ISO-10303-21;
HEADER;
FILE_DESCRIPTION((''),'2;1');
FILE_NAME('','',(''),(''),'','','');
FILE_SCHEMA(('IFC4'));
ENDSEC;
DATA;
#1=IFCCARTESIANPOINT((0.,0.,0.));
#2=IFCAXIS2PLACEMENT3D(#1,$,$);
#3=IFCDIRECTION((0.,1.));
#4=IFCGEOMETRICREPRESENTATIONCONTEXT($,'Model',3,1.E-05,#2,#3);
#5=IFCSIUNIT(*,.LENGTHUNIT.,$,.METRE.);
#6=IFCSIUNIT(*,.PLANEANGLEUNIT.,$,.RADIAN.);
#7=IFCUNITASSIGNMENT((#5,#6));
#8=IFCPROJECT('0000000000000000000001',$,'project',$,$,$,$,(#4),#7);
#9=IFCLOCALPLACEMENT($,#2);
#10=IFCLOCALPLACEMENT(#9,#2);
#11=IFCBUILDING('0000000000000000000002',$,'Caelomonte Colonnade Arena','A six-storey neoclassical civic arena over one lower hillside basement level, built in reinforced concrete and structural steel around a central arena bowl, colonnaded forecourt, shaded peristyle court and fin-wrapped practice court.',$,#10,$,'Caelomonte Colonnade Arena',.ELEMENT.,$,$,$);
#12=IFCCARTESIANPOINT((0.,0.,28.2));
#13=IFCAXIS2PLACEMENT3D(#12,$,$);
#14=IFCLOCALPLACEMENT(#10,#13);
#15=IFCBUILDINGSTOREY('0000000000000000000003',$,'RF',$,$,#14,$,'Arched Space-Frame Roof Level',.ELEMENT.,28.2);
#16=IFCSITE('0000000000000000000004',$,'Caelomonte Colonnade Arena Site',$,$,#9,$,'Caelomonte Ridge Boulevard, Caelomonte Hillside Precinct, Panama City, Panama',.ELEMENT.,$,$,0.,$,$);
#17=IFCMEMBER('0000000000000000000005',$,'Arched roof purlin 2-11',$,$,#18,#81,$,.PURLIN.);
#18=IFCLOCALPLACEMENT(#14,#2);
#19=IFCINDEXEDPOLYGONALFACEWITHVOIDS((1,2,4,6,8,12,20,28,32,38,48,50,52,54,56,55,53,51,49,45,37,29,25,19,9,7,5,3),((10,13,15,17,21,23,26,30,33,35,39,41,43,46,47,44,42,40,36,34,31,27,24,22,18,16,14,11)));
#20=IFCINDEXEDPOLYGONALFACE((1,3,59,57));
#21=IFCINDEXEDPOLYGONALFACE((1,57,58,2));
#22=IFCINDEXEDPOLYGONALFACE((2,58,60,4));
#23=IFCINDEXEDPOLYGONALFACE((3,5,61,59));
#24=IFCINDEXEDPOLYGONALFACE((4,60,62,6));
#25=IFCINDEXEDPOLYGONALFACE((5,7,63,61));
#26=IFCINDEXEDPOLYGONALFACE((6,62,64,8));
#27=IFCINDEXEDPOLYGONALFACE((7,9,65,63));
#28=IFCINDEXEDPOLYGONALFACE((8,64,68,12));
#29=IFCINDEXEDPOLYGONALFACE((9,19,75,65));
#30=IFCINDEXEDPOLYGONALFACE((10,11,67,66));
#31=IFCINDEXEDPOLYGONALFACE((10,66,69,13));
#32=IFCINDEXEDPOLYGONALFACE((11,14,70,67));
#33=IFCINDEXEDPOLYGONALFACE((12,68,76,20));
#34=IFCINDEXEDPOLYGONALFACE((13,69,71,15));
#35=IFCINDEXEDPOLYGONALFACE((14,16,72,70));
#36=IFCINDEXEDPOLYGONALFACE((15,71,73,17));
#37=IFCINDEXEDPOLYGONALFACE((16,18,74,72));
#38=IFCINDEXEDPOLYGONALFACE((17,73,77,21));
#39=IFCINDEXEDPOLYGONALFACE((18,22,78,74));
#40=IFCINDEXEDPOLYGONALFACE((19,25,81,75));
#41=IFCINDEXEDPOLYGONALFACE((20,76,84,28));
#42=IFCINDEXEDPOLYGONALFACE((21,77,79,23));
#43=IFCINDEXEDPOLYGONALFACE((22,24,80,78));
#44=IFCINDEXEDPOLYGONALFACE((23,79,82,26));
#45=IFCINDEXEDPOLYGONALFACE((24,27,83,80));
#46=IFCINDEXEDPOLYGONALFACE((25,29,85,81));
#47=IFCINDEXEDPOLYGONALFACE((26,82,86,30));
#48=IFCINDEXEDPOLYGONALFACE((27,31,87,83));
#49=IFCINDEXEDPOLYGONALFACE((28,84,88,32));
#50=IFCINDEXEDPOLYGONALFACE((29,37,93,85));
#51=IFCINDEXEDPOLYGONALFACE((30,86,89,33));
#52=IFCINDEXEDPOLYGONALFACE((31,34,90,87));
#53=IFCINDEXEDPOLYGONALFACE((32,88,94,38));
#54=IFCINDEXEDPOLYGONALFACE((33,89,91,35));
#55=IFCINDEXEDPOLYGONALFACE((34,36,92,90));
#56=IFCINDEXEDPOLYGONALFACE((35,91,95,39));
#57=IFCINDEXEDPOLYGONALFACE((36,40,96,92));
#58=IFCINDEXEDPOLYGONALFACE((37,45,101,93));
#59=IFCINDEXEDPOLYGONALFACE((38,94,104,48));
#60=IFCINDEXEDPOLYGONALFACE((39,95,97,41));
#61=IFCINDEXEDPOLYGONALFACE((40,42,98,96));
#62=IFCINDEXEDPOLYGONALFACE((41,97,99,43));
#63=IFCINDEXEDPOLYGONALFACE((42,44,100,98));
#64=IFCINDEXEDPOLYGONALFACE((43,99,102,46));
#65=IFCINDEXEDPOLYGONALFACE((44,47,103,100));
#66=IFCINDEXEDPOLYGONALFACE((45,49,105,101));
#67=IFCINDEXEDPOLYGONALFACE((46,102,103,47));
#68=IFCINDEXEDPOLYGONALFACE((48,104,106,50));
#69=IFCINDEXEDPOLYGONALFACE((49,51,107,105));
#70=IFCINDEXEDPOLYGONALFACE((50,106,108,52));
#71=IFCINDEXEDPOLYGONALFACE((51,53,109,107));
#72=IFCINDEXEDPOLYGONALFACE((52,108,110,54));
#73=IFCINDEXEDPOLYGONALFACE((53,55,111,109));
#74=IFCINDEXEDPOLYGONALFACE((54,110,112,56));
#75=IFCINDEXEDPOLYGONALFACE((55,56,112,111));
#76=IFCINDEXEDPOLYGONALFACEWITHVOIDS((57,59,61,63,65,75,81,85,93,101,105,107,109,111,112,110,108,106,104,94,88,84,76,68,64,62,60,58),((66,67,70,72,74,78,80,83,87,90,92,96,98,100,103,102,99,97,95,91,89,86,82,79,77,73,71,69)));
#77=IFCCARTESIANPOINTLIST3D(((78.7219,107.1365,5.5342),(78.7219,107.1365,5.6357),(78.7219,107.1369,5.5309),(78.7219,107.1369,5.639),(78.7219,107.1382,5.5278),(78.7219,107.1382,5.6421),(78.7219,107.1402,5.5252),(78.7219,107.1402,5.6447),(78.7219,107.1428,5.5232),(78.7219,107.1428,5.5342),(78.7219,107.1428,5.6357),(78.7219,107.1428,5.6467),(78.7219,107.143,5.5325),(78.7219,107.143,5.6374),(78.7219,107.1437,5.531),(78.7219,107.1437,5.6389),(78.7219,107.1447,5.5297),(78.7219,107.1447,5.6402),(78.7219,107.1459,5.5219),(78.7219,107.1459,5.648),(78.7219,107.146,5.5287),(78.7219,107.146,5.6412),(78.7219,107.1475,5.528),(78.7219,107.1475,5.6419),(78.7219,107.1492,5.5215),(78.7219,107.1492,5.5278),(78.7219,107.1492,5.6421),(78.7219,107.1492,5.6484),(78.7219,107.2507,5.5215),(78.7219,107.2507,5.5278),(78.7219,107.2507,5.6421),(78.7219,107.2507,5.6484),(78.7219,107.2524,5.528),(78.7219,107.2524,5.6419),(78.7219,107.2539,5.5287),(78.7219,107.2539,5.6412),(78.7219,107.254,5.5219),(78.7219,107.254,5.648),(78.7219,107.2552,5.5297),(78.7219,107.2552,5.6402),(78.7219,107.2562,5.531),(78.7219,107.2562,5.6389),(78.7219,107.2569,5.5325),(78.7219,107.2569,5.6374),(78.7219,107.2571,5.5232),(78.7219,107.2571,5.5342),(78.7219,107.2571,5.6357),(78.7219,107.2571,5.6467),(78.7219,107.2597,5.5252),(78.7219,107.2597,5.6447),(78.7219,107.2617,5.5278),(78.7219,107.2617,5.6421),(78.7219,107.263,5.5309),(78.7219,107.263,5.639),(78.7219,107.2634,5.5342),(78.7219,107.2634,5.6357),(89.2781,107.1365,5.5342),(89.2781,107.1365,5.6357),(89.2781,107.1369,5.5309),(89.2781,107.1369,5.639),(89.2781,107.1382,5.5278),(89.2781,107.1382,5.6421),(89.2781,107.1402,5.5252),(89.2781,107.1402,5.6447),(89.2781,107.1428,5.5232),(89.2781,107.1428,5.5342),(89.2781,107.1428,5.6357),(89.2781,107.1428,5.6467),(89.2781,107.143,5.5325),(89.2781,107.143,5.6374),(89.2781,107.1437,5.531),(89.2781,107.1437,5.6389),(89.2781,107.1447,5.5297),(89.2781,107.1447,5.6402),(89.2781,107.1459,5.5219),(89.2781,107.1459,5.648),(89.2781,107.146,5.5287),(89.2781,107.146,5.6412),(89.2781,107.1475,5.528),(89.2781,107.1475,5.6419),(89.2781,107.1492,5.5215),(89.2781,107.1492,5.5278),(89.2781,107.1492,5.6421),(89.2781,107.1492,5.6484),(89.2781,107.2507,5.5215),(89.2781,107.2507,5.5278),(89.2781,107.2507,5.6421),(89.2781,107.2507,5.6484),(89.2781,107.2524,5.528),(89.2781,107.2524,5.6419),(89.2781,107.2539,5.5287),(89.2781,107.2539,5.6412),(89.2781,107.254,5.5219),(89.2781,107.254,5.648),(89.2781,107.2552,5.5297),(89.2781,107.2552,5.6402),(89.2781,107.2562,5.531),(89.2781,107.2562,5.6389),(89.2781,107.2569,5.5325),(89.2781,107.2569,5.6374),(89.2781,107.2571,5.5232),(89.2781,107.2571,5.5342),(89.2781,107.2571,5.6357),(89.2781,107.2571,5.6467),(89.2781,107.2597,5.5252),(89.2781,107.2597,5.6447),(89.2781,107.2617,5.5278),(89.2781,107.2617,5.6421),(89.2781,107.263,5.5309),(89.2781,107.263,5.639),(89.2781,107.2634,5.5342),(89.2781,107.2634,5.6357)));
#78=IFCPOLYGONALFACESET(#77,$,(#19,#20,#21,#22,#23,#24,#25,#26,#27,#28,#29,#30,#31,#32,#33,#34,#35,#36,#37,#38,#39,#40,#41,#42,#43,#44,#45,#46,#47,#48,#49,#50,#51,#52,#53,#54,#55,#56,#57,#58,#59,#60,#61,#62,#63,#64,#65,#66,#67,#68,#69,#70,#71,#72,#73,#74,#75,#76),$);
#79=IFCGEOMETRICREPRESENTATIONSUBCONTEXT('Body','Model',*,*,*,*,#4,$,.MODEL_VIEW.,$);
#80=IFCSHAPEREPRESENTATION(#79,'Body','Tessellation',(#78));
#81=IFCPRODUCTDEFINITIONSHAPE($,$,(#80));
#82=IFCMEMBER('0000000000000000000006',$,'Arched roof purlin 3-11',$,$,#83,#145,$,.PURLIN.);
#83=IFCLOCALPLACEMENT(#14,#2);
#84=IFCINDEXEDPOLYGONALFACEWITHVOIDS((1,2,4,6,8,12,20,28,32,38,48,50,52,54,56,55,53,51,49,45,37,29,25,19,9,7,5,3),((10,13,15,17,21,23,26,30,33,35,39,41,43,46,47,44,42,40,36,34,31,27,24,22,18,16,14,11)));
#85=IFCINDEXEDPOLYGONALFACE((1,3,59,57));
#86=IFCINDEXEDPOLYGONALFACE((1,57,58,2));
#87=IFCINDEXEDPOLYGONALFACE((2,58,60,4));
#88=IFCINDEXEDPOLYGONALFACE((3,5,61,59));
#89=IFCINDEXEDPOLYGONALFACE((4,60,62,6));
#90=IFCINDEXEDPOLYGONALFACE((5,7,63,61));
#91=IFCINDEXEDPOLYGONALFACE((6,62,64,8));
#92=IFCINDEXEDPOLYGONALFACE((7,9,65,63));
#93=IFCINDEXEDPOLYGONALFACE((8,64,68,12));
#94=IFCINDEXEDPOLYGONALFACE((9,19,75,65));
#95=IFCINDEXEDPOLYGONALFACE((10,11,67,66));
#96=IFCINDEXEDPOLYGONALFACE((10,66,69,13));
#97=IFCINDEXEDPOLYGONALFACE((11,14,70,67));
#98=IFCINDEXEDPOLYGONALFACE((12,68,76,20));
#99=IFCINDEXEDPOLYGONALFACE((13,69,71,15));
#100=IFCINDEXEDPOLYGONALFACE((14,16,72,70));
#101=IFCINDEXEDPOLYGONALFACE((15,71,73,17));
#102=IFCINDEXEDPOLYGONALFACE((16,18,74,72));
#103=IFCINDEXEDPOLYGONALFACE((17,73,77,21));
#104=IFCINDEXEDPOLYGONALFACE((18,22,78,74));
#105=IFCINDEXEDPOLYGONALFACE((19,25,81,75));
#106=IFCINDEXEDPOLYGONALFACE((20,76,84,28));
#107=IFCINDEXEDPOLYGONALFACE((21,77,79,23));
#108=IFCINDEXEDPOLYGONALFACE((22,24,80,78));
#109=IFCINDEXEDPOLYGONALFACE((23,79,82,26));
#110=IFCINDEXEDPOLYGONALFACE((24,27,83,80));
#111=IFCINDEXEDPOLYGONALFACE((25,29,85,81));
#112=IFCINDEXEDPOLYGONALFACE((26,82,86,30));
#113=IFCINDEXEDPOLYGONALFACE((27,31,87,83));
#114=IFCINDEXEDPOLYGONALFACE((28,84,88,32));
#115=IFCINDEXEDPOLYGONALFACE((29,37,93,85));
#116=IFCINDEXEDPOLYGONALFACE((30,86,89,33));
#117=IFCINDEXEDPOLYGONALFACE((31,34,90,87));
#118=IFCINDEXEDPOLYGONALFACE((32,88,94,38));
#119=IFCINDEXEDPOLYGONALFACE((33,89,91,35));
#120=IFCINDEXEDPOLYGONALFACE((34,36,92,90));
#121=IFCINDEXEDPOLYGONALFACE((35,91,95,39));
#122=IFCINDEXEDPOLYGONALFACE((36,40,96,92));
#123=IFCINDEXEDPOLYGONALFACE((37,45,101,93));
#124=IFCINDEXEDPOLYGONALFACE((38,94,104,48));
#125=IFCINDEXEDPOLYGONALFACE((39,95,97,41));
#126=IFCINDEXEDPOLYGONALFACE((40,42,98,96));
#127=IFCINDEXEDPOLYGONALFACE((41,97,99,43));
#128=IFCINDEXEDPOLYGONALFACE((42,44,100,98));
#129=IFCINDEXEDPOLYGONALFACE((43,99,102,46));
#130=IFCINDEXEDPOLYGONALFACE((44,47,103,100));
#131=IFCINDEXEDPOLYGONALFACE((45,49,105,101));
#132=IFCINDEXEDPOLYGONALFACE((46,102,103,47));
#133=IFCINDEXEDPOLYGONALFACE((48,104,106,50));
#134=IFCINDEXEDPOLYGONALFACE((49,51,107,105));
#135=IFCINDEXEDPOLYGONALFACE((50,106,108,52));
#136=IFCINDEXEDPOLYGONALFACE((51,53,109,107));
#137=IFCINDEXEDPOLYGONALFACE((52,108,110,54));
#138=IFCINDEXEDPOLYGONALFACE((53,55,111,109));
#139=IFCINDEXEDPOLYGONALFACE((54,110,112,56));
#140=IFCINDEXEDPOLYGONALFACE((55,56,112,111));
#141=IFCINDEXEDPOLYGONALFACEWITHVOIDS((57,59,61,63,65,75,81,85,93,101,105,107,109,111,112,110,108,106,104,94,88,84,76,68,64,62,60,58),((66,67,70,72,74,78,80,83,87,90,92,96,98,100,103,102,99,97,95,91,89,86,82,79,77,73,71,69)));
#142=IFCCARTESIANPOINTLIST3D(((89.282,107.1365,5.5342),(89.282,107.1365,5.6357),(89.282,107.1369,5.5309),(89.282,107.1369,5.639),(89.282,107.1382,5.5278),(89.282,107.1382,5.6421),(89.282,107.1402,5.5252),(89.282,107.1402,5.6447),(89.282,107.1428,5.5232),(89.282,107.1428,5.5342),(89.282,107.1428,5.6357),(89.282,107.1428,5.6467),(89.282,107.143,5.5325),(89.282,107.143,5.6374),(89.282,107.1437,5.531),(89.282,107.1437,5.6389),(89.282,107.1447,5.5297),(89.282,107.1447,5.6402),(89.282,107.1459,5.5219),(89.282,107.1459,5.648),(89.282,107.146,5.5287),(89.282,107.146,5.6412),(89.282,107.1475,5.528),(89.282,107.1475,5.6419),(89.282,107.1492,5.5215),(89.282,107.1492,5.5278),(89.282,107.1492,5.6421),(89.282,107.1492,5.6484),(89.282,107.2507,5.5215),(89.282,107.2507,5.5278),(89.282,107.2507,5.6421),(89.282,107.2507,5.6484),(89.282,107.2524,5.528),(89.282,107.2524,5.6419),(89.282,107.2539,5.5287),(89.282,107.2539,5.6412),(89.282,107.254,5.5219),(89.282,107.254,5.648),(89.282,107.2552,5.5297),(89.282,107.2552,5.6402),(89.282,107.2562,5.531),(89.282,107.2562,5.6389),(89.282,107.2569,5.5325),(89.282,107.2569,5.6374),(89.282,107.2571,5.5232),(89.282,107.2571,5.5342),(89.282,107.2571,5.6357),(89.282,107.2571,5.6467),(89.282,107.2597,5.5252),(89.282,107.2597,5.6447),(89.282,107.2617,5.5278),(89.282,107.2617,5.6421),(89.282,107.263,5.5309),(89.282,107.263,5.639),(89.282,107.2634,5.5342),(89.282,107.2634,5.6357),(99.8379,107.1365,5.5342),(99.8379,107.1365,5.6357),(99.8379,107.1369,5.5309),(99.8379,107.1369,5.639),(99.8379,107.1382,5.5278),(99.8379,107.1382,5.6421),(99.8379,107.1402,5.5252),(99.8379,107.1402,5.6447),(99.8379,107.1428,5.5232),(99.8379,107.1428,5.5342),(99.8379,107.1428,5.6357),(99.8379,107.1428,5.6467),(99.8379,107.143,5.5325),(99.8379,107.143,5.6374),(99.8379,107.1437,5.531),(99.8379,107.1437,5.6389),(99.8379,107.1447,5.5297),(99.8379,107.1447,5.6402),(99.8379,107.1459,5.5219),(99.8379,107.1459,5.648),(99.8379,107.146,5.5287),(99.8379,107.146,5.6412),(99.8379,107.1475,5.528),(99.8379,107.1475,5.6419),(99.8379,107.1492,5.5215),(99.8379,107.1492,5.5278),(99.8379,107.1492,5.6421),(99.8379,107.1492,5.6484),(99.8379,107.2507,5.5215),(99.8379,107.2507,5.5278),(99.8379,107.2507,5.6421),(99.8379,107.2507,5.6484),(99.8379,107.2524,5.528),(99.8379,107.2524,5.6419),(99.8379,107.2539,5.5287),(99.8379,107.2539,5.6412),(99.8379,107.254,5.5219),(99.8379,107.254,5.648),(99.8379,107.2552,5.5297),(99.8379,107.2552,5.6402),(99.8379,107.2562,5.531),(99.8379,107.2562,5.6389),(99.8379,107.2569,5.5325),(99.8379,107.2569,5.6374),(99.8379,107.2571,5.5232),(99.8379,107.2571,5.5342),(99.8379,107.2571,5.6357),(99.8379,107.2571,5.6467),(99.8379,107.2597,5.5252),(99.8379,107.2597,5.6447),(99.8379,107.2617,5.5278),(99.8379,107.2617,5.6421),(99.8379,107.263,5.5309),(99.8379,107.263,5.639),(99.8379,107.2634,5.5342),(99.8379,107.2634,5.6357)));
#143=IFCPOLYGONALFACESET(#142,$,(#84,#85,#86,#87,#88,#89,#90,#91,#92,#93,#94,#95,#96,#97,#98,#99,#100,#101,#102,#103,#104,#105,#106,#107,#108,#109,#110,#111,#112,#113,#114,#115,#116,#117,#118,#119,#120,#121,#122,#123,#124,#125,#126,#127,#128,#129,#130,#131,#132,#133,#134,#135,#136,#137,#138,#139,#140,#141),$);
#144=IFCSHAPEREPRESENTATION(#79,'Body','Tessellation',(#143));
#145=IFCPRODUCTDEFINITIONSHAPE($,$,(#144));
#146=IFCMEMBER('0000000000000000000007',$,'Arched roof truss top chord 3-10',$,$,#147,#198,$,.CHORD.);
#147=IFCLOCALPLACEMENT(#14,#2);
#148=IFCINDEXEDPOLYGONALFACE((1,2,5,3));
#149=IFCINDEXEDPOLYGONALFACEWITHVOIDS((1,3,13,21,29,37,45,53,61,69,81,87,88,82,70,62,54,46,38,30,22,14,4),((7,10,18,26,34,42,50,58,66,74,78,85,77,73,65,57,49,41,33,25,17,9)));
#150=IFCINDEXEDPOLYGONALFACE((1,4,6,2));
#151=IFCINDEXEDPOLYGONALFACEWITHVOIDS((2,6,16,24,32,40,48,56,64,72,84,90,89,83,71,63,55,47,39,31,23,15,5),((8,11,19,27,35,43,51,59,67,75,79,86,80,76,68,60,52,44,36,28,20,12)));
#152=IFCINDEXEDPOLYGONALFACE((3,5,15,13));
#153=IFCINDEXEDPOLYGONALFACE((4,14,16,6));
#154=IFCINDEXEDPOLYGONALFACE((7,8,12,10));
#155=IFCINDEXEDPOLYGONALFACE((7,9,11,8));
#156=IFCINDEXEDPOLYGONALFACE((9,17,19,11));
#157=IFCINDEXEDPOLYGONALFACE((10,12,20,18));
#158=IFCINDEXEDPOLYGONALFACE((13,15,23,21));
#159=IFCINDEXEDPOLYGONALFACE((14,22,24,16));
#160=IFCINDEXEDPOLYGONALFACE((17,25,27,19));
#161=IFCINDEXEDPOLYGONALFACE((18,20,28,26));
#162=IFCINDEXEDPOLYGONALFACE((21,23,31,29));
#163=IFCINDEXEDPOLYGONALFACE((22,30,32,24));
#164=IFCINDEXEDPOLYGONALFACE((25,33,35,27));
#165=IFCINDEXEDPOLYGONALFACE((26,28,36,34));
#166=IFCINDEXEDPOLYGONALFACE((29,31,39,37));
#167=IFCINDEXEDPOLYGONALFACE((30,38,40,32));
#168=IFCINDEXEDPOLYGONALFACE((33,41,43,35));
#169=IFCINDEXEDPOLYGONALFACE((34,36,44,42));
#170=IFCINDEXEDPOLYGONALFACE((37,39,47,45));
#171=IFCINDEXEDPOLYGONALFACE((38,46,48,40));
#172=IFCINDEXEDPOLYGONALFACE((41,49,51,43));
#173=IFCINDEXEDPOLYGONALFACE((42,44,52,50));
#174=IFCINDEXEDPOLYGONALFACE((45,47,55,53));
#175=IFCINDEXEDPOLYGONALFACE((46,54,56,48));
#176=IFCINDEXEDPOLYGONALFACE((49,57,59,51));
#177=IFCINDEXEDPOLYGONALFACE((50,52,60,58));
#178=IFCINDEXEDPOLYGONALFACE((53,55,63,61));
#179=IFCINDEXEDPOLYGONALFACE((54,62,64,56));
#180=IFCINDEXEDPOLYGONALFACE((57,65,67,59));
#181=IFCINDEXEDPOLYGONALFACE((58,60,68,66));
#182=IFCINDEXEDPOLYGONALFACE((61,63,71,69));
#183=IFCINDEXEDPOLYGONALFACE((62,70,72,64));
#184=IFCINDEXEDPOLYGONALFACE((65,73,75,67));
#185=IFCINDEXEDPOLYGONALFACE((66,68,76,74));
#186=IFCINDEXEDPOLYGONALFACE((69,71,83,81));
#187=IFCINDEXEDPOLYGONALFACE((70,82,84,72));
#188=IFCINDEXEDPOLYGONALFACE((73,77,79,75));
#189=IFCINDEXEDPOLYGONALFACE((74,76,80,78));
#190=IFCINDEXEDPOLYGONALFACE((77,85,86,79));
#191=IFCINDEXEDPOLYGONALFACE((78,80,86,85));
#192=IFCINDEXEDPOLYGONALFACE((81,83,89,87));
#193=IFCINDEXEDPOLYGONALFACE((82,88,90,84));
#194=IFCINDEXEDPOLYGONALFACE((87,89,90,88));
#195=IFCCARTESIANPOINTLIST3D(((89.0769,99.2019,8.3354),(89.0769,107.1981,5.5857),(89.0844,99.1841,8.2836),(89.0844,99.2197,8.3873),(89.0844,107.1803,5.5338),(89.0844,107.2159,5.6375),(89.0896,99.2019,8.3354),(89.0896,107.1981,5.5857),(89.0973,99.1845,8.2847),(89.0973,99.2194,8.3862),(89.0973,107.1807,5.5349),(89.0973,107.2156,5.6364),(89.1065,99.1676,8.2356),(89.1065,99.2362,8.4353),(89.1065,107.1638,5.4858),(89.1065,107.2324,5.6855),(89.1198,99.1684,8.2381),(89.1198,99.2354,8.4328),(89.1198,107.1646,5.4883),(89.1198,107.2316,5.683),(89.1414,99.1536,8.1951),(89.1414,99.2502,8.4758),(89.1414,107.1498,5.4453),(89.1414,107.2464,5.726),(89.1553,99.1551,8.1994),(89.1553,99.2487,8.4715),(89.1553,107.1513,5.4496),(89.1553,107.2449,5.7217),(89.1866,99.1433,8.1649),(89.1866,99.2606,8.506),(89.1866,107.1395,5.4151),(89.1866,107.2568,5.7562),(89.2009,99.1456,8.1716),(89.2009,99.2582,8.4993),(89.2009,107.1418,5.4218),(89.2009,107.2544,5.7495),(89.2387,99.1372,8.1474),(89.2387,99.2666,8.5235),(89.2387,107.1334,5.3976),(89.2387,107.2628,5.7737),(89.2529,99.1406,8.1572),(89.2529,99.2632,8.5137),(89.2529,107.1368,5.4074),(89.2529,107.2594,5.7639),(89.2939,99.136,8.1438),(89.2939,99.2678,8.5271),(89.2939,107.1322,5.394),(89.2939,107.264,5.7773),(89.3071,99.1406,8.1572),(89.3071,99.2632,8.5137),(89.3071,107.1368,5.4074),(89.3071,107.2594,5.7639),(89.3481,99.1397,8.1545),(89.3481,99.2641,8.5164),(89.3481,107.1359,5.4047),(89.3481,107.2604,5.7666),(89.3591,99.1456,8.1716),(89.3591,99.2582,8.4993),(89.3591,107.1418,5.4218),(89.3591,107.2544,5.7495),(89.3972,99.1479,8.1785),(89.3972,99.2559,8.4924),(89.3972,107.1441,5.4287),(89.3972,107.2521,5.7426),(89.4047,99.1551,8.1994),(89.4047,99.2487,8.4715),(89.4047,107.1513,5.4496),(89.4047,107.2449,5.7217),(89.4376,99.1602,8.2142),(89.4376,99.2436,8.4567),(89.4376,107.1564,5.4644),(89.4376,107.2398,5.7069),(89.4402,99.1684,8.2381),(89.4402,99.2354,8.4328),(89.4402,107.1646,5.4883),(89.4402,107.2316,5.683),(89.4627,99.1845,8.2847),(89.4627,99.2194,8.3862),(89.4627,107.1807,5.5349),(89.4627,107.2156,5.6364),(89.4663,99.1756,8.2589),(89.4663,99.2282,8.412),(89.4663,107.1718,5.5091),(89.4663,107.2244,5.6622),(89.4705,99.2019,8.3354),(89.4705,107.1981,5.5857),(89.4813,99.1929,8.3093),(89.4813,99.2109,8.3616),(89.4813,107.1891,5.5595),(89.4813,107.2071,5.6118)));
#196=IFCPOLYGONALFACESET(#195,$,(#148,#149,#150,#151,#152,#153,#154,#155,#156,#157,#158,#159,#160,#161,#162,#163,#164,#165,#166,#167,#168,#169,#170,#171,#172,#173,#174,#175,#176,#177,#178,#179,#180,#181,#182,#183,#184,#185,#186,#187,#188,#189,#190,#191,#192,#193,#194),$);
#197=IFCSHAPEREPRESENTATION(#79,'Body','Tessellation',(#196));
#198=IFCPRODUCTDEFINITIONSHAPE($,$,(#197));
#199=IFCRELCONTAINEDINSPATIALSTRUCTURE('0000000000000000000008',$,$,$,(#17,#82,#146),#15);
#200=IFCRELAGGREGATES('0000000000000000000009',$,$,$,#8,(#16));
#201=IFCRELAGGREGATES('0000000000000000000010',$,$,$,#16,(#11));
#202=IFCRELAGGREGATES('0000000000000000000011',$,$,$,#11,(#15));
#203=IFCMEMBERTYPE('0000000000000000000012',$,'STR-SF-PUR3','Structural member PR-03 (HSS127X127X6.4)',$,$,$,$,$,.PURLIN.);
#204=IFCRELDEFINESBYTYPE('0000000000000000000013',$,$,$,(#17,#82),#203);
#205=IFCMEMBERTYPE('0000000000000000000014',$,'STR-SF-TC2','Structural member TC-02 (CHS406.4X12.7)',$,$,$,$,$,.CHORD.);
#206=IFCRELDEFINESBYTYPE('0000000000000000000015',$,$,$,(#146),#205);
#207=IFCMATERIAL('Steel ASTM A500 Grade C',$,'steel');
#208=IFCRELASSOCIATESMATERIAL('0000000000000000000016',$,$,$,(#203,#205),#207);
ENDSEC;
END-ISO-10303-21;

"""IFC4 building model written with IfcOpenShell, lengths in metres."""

from ifc_helpers import new_model, si_unit, direction, frame, origin, origin_2d, place, context, subcontext, project, spatial, hollow_rectangle, hollow_circle, extrude, material, material_profile, profile_set, type_object, element, save


model = new_model("IFC4")

# Units and contexts
model_context = context("Model", 3, precision=1e-05, world=origin(), true_north=direction((0.0, 1.0)))
body_context = subcontext(model_context, "Body", "Model", "MODEL_VIEW")
ifc_project = project(units=[si_unit("LENGTHUNIT", "METRE"), si_unit("PLANEANGLEUNIT", "RADIAN")], contexts=[model_context])

# Site, building, storey
site_placement = place(None, origin())
site = spatial("IfcSite", under=ifc_project, at=site_placement, Name="Caelomonte Colonnade Arena Site", LongName="Caelomonte Ridge Boulevard, Caelomonte Hillside Precinct, Panama City, Panama", CompositionType="ELEMENT", RefElevation=0.0)
building_placement = place(site_placement, origin())
building = spatial("IfcBuilding", under=site, at=building_placement, Name="Caelomonte Colonnade Arena", Description="A six-storey neoclassical civic arena over one lower hillside basement level, built in reinforced concrete and structural steel around a central arena bowl, colonnaded forecourt, shaded peristyle court and fin-wrapped practice court.", LongName="Caelomonte Colonnade Arena", CompositionType="ELEMENT")
storey_placement = place(building_placement, frame((0.0, 0.0, 28.2)))
storey = spatial("IfcBuildingStorey", under=building, at=storey_placement, Name="RF", LongName="Arched Space-Frame Roof Level", CompositionType="ELEMENT", Elevation=28.2)

# Members
ifc_material_1 = material(Name="Steel ASTM A500 Grade C", Category="steel")
ifc_material_profile_1 = material_profile(ifc_material_1, hollow_rectangle(XDim=0.127, YDim=0.127, WallThickness=0.0063, InnerFilletRadius=0.0063, OuterFilletRadius=0.0127, at=origin_2d()), Name="HSS127X127X6.4")
ifc_profile_set_1 = profile_set([ifc_material_profile_1], Name="Steel ASTM A500 Grade C")
member_type_1 = type_object("IfcMemberType", Name="STR-SF-PUR3", Description="Structural member PR-03 (HSS127X127X6.4)", PredefinedType="PURLIN", material=ifc_profile_set_1)
member_1_placement = place(storey_placement, frame((78.7219, 107.2, 5.585), z_axis=(1.0, 0.0, 0.0), x_axis=(0.0, 1.0, 0.0)))
element("IfcMember", 1, at=member_1_placement, inside=storey, type_object=member_type_1, Name="Arched roof purlin 2-11", PredefinedType="PURLIN", context=body_context, shape_type="SweptSolid", body=[
    extrude(hollow_rectangle(XDim=0.127, YDim=0.127, WallThickness=0.0063, InnerFilletRadius=0.0063, OuterFilletRadius=0.0127, at=origin_2d()), origin(), (0.0, 0.0, 1.0), 10.5562),
])
member_2_placement = place(storey_placement, frame((89.282, 107.2, 5.585), z_axis=(1.0, 0.0, 0.0), x_axis=(0.0, 1.0, 0.0)))
element("IfcMember", 2, at=member_2_placement, inside=storey, type_object=member_type_1, Name="Arched roof purlin 3-11", PredefinedType="PURLIN", context=body_context, shape_type="SweptSolid", body=[
    extrude(hollow_rectangle(XDim=0.127, YDim=0.127, WallThickness=0.0063, InnerFilletRadius=0.0063, OuterFilletRadius=0.0127, at=origin_2d()), origin(), (0.0, 0.0, 1.0), 10.5559),
])
ifc_material_profile_2 = material_profile(ifc_material_1, hollow_circle(Radius=0.2031, WallThickness=0.0127, at=origin_2d()), Name="CHS406.4X12.7")
ifc_profile_set_2 = profile_set([ifc_material_profile_2], Name="Steel ASTM A500 Grade C")
member_type_2 = type_object("IfcMemberType", Name="STR-SF-TC2", Description="Structural member TC-02 (CHS406.4X12.7)", PredefinedType="CHORD", material=ifc_profile_set_2)
member_3_placement = place(storey_placement, frame((89.28, 99.2019, 8.3354), z_axis=(0.0, 0.945647, -0.325196), x_axis=(-1.0, 0.0, 0.0)))
element("IfcMember", 3, at=member_3_placement, inside=storey, type_object=member_type_2, Name="Arched roof truss top chord 3-10", PredefinedType="CHORD", context=body_context, shape_type="SweptSolid", body=[
    extrude(hollow_circle(Radius=0.2031, WallThickness=0.0127, at=origin_2d()), origin(), (0.0, 0.0, 1.0), 8.4558),
])

save(model, "model.ifc")
